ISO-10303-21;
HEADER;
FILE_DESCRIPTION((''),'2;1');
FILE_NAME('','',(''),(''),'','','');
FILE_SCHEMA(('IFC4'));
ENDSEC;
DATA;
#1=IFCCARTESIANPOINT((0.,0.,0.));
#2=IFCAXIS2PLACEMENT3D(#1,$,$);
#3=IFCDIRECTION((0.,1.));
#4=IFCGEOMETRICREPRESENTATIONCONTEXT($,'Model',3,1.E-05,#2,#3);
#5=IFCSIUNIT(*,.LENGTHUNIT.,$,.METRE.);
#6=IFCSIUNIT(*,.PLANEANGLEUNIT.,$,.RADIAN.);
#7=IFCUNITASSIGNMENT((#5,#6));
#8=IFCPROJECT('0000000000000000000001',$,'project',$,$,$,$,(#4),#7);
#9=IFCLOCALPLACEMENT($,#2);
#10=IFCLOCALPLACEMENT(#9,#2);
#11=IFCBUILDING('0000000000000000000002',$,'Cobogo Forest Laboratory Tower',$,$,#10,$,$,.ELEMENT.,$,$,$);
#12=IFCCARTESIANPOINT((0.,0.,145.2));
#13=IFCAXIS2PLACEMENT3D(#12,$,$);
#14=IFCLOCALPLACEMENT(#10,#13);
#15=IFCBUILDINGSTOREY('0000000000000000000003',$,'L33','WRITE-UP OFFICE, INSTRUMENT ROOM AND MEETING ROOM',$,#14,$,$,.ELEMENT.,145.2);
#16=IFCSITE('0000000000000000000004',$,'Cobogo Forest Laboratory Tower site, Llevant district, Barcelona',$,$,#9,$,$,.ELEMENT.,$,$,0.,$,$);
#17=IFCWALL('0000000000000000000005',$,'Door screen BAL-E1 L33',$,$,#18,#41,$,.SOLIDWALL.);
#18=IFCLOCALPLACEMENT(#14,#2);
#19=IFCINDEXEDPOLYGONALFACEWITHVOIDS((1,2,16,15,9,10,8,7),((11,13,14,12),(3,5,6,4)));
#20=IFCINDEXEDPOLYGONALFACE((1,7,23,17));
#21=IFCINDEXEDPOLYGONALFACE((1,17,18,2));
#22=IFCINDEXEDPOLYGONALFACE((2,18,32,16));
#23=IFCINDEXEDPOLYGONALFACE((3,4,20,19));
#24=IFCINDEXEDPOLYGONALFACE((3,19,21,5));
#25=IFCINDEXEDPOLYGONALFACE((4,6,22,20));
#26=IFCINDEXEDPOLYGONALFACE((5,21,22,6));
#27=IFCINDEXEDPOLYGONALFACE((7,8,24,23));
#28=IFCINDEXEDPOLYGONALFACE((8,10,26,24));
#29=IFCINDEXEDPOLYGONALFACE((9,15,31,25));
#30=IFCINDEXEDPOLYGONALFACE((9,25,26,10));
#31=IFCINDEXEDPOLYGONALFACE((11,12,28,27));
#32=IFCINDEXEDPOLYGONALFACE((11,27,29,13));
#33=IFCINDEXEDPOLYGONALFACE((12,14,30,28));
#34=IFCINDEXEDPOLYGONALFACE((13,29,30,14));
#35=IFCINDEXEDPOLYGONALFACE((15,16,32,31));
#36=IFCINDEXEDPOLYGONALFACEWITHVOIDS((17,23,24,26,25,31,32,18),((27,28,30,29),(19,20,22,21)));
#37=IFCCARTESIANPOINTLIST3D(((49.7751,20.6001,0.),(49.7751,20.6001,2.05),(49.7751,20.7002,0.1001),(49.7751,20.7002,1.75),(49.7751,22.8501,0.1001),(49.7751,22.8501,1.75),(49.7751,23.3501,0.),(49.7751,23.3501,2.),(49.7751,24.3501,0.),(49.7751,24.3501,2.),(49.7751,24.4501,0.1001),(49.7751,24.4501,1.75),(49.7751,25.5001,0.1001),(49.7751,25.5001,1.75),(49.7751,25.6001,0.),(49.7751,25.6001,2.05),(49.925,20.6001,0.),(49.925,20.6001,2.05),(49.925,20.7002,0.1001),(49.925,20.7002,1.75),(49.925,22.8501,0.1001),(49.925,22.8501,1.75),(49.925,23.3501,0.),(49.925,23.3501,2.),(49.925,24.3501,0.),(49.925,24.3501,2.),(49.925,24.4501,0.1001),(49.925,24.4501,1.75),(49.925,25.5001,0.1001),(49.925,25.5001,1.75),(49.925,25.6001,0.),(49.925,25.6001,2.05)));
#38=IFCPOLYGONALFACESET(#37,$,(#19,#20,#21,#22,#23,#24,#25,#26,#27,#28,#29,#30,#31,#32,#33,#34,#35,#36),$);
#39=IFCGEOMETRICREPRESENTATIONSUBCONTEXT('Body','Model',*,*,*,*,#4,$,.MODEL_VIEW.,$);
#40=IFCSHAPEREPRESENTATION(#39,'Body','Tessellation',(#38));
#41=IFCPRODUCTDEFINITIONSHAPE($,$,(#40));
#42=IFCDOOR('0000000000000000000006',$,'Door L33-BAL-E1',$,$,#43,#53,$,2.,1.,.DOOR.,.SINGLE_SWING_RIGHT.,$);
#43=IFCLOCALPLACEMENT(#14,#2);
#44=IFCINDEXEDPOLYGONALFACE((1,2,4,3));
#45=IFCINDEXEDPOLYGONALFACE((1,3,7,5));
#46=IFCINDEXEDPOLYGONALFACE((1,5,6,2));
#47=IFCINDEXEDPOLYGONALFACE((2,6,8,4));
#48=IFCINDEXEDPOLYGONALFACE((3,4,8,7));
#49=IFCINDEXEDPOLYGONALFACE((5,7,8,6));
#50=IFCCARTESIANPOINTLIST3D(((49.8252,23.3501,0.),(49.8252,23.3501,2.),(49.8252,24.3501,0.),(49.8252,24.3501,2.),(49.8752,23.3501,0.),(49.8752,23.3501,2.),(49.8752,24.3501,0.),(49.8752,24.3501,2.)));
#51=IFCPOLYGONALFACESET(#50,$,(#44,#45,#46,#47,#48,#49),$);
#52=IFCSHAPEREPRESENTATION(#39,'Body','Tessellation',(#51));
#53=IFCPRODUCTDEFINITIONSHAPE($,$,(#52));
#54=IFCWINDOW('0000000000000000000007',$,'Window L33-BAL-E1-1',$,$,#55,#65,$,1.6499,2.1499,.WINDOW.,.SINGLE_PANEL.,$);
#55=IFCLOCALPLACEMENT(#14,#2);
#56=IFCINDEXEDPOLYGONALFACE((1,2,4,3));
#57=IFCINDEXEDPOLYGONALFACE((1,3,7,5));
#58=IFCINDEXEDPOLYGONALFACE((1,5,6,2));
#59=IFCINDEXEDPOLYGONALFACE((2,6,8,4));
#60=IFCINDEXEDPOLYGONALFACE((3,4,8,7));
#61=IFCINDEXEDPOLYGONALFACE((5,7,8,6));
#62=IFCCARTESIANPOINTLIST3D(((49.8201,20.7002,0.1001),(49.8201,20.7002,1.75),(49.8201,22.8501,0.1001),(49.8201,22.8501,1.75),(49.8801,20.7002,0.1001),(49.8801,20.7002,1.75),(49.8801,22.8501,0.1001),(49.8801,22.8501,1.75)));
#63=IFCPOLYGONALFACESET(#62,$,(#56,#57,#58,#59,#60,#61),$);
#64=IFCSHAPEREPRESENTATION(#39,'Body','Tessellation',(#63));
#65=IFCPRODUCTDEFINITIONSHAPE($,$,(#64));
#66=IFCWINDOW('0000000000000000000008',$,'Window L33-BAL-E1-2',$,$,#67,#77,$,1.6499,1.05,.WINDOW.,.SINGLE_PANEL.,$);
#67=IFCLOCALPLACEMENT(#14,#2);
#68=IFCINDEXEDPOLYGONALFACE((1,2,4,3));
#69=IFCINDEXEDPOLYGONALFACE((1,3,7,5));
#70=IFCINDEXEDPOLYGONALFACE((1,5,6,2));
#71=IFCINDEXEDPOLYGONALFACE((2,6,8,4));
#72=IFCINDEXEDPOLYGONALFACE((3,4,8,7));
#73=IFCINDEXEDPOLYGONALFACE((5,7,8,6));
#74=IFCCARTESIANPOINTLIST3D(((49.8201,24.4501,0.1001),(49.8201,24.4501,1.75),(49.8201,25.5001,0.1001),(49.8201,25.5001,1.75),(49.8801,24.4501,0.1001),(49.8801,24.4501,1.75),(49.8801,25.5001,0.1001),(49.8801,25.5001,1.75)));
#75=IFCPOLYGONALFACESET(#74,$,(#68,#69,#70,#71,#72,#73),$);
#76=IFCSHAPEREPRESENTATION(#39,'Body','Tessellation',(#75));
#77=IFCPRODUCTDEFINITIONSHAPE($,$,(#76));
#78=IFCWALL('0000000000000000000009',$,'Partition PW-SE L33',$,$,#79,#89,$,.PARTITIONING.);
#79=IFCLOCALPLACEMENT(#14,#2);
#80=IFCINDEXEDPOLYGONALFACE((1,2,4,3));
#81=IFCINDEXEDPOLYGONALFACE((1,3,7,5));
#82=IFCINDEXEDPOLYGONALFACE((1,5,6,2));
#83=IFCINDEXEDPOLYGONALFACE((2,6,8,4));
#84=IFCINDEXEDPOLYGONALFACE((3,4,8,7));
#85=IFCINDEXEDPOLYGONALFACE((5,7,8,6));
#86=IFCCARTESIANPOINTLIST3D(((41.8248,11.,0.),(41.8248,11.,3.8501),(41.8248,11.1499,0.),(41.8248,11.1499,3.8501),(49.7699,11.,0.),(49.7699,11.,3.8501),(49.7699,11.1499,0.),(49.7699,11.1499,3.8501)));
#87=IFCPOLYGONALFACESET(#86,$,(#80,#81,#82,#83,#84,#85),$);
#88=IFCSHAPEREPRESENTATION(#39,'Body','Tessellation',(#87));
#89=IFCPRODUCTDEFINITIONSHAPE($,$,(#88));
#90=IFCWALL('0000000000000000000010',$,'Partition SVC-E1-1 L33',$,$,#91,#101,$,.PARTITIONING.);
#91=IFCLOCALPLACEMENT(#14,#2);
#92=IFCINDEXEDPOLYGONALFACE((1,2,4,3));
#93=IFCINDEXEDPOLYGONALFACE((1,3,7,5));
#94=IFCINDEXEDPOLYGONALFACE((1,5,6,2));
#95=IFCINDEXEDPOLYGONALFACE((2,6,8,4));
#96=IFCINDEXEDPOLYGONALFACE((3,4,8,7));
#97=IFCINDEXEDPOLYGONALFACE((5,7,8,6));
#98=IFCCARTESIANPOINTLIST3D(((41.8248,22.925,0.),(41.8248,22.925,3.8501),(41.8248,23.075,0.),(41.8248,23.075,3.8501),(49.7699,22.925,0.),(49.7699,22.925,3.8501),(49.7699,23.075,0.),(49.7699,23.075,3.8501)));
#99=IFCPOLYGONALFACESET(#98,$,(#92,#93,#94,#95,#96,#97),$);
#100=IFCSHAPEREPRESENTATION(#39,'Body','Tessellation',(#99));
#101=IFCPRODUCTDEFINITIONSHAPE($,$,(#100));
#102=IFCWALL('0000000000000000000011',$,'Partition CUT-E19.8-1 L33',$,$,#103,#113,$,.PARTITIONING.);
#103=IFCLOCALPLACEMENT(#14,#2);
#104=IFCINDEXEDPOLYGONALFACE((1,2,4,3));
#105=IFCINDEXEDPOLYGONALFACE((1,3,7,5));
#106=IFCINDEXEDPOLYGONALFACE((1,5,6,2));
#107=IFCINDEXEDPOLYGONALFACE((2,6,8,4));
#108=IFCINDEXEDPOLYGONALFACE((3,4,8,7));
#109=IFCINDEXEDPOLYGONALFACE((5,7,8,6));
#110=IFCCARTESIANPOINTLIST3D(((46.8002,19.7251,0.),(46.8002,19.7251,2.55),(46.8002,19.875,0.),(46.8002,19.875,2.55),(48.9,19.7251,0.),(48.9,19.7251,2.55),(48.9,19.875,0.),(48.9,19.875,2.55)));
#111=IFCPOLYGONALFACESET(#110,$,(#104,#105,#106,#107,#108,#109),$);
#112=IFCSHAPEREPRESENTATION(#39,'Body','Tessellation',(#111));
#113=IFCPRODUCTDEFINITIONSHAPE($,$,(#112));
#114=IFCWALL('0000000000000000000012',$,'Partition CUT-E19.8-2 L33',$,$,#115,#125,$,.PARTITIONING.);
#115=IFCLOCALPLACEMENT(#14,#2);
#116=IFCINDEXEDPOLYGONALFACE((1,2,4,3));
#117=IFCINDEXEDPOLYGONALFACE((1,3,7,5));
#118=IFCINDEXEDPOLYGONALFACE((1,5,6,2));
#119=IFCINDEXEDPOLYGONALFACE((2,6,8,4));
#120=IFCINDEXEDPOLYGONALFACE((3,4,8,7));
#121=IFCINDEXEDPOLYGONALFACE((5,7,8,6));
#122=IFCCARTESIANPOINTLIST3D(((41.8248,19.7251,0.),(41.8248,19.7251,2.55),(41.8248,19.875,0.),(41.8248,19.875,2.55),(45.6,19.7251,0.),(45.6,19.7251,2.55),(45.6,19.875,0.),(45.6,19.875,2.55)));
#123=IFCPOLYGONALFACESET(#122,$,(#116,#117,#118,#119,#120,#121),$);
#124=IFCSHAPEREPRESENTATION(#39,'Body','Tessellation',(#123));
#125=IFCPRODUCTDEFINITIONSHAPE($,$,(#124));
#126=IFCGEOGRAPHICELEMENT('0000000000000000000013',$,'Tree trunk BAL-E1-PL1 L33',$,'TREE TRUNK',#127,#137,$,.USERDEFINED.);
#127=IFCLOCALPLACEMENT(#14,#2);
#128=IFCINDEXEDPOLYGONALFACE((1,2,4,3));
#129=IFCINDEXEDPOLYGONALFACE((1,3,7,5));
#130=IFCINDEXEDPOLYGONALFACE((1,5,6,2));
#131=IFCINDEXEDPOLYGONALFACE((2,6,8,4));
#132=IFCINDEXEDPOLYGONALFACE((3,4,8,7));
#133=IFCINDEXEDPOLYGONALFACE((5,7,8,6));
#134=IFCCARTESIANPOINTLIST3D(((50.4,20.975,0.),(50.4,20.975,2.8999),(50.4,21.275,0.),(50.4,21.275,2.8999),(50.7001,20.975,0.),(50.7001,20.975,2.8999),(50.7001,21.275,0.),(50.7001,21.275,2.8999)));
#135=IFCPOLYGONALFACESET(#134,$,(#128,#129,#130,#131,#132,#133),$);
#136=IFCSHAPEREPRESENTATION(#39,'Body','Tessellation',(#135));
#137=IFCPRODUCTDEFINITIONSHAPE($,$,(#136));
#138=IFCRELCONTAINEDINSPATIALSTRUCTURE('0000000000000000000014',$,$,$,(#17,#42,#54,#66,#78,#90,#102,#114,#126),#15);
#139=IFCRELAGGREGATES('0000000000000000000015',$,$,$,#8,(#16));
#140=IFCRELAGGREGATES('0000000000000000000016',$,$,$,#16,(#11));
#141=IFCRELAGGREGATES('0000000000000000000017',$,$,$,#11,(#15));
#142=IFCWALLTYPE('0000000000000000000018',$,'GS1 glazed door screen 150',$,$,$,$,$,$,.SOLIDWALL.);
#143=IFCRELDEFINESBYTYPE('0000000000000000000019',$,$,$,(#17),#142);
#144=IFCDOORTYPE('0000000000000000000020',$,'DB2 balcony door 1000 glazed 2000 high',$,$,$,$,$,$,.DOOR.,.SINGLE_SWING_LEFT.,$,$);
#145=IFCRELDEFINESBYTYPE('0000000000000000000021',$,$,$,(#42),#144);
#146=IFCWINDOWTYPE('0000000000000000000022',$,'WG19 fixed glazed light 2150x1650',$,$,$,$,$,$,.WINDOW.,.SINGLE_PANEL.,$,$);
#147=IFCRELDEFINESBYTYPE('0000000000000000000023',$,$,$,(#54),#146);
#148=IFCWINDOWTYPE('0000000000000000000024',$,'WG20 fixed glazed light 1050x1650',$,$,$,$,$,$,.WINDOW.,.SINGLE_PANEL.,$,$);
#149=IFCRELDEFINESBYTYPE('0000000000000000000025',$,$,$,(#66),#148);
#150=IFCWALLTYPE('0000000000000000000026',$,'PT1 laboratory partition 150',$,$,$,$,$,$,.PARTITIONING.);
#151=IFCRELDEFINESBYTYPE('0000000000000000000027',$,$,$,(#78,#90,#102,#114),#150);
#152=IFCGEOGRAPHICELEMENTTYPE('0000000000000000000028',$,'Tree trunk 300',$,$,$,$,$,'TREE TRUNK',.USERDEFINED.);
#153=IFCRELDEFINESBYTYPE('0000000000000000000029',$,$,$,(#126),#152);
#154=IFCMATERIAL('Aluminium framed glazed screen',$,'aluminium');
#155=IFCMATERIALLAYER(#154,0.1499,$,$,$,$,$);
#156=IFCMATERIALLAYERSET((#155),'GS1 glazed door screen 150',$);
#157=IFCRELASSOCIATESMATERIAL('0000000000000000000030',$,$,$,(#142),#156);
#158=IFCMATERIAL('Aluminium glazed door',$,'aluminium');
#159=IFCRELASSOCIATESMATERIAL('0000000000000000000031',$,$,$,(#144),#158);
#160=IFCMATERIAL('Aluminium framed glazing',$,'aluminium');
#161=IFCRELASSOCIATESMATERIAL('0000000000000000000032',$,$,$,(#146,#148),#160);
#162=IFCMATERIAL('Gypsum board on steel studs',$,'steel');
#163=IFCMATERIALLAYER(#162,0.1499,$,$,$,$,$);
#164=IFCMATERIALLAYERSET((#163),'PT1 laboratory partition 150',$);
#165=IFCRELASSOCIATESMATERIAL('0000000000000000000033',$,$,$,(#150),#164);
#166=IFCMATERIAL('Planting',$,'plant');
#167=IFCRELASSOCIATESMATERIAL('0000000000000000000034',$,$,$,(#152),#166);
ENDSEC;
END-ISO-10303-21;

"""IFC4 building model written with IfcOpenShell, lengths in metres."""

from ifc_helpers import new_model, si_unit, direction, frame, frame_2d, origin, origin_2d, place, context, subcontext, project, spatial, rectangle, extrude, material, layer, layer_set, type_object, element, fill, save


model = new_model("IFC4")

# Units and contexts
model_context = context("Model", 3, precision=1e-05, world=origin(), true_north=direction((0.0, 1.0)))
body_context = subcontext(model_context, "Body", "Model", "MODEL_VIEW")
ifc_project = project(units=[si_unit("LENGTHUNIT", "METRE"), si_unit("PLANEANGLEUNIT", "RADIAN")], contexts=[model_context])

# Site, building, storey
site_placement = place(None, origin())
site = spatial("IfcSite", under=ifc_project, at=site_placement, Name="Cobogo Forest Laboratory Tower site, Llevant district, Barcelona", CompositionType="ELEMENT", RefElevation=0.0)
building_placement = place(site_placement, origin())
building = spatial("IfcBuilding", under=site, at=building_placement, Name="Cobogo Forest Laboratory Tower", CompositionType="ELEMENT")
storey_placement = place(building_placement, frame((0.0, 0.0, 145.2)))
storey = spatial("IfcBuildingStorey", under=building, at=storey_placement, Name="L33", Description="WRITE-UP OFFICE, INSTRUMENT ROOM AND MEETING ROOM", CompositionType="ELEMENT", Elevation=145.2)

# Wall, openings, door, windows
ifc_material_1 = material(Name="Aluminium framed glazed screen", Category="aluminium")
ifc_layer_1 = layer(ifc_material_1, 0.1499)
ifc_layer_set_1 = layer_set([ifc_layer_1], Name="GS1 glazed door screen 150")
wall_type_1 = type_object("IfcWallType", Name="GS1 glazed door screen 150", PredefinedType="SOLIDWALL", material=ifc_layer_set_1)
wall_1_placement = place(storey_placement, frame((49.8501, 20.6001, 0.0), z_axis=(0.0, 0.0, 1.0), x_axis=(0.0, 1.0, 0.0)))
wall_1 = element("IfcWall", 1, at=wall_1_placement, inside=storey, type_object=wall_type_1, Name="Door screen BAL-E1 L33", PredefinedType="SOLIDWALL", context=body_context, shape_type="SweptSolid", body=[
    extrude(rectangle(XDim=5.0, YDim=0.1499, at=frame_2d((2.5, 0.0))), origin(), (0.0, 0.0, 1.0), 2.05),
])
opening_1_placement = place(wall_1_placement, frame((2.75, 0.0, 0.0)))
opening_1 = element("IfcOpeningElement", 2, at=opening_1_placement, cuts=wall_1, PredefinedType="OPENING", context=body_context, shape_type="SweptSolid", body=[
    extrude(rectangle(XDim=1.0, YDim=2.0, at=frame_2d((0.5, 1.0))), frame((0.0, 0.085, 0.0), z_axis=(0.0, -1.0, 0.0), x_axis=(1.0, 0.0, 0.0)), (0.0, 0.0, 1.0), 0.1699),
])
opening_2_placement = place(wall_1_placement, frame((0.1001, 0.0, 0.1001)))
opening_2 = element("IfcOpeningElement", 3, at=opening_2_placement, cuts=wall_1, PredefinedType="OPENING", context=body_context, shape_type="SweptSolid", body=[
    extrude(rectangle(XDim=2.1499, YDim=1.6499, at=frame_2d((1.075, 0.825))), frame((0.0, 0.085, 0.0), z_axis=(0.0, -1.0, 0.0), x_axis=(1.0, 0.0, 0.0)), (0.0, 0.0, 1.0), 0.1699),
])
opening_3_placement = place(wall_1_placement, frame((3.8501, 0.0, 0.1001)))
opening_3 = element("IfcOpeningElement", 4, at=opening_3_placement, cuts=wall_1, PredefinedType="OPENING", context=body_context, shape_type="SweptSolid", body=[
    extrude(rectangle(XDim=1.05, YDim=1.6499, at=frame_2d((0.5249, 0.825))), frame((0.0, 0.085, 0.0), z_axis=(0.0, -1.0, 0.0), x_axis=(1.0, 0.0, 0.0)), (0.0, 0.0, 1.0), 0.1699),
])
ifc_material_2 = material(Name="Aluminium glazed door", Category="aluminium")
door_type = type_object("IfcDoorType", Name="DB2 balcony door 1000 glazed 2000 high", OperationType="SINGLE_SWING_LEFT", PredefinedType="DOOR", material=ifc_material_2)
door_placement = place(opening_1_placement, origin())
door = element("IfcDoor", 5, at=door_placement, inside=storey, type_object=door_type, Name="Door L33-BAL-E1", OperationType="SINGLE_SWING_RIGHT", OverallHeight=2.0, OverallWidth=1.0, PredefinedType="DOOR", context=body_context, shape_type="SweptSolid", body=[
    extrude(rectangle(XDim=1.0, YDim=2.0, at=frame_2d((0.5, 1.0))), frame((0.0, 0.0249, 0.0), z_axis=(0.0, -1.0, 0.0), x_axis=(1.0, 0.0, 0.0)), (0.0, 0.0, 1.0), 0.05),
])
fill(opening_1, door)
ifc_material_3 = material(Name="Aluminium framed glazing", Category="aluminium")
window_type_1 = type_object("IfcWindowType", Name="WG19 fixed glazed light 2150x1650", PartitioningType="SINGLE_PANEL", PredefinedType="WINDOW", material=ifc_material_3)
window_1_placement = place(opening_2_placement, origin())
window_1 = element("IfcWindow", 6, at=window_1_placement, inside=storey, type_object=window_type_1, Name="Window L33-BAL-E1-1", OverallHeight=1.6499, OverallWidth=2.1499, PartitioningType="SINGLE_PANEL", PredefinedType="WINDOW", context=body_context, shape_type="SweptSolid", body=[
    extrude(rectangle(XDim=2.1499, YDim=1.6499, at=frame_2d((1.075, 0.825))), frame((0.0, 0.03, 0.0), z_axis=(0.0, -1.0, 0.0), x_axis=(1.0, 0.0, 0.0)), (0.0, 0.0, 1.0), 0.0601),
])
fill(opening_2, window_1)
window_type_2 = type_object("IfcWindowType", Name="WG20 fixed glazed light 1050x1650", PartitioningType="SINGLE_PANEL", PredefinedType="WINDOW", material=ifc_material_3)
window_2_placement = place(opening_3_placement, origin())
window_2 = element("IfcWindow", 7, at=window_2_placement, inside=storey, type_object=window_type_2, Name="Window L33-BAL-E1-2", OverallHeight=1.6499, OverallWidth=1.05, PartitioningType="SINGLE_PANEL", PredefinedType="WINDOW", context=body_context, shape_type="SweptSolid", body=[
    extrude(rectangle(XDim=1.05, YDim=1.6499, at=frame_2d((0.5249, 0.825))), frame((0.0, 0.03, 0.0), z_axis=(0.0, -1.0, 0.0), x_axis=(1.0, 0.0, 0.0)), (0.0, 0.0, 1.0), 0.0601),
])
fill(opening_3, window_2)

# Walls
ifc_material_4 = material(Name="Gypsum board on steel studs", Category="steel")
ifc_layer_2 = layer(ifc_material_4, 0.1499)
ifc_layer_set_2 = layer_set([ifc_layer_2], Name="PT1 laboratory partition 150")
wall_type_2 = type_object("IfcWallType", Name="PT1 laboratory partition 150", PredefinedType="PARTITIONING", material=ifc_layer_set_2)
for number, where, z_axis, x_axis, name in (
    (8, (49.77, 11.075, 0.0), (0.0, 0.0, 1.0), (-1.0, 0.0, 0.0), "Partition PW-SE L33"),
    (9, (49.77, 23.0, 0.0), (0.0, 0.0, 1.0), (-1.0, 0.0, 0.0), "Partition SVC-E1-1 L33"),
):
    element("IfcWall", number, at=place(storey_placement, frame(where, z_axis=z_axis, x_axis=x_axis)), inside=storey, type_object=wall_type_2, Name=name, PredefinedType="PARTITIONING", context=body_context, shape_type="SweptSolid", body=[
        extrude(rectangle(XDim=7.9451, YDim=0.1499, at=frame_2d((3.9727, 0.0))), origin(), (0.0, 0.0, 1.0), 3.8501),
    ])
wall_2_placement = place(storey_placement, frame((48.8999, 19.8, 0.0), z_axis=(0.0, 0.0, 1.0), x_axis=(-1.0, 0.0, 0.0)))
element("IfcWall", 10, at=wall_2_placement, inside=storey, type_object=wall_type_2, Name="Partition CUT-E19.8-1 L33", PredefinedType="PARTITIONING", context=body_context, shape_type="SweptSolid", body=[
    extrude(rectangle(XDim=2.0999, YDim=0.1499, at=frame_2d((1.0498, 0.0))), origin(), (0.0, 0.0, 1.0), 2.55),
])
wall_3_placement = place(storey_placement, frame((45.6001, 19.8, 0.0), z_axis=(0.0, 0.0, 1.0), x_axis=(-1.0, 0.0, 0.0)))
element("IfcWall", 11, at=wall_3_placement, inside=storey, type_object=wall_type_2, Name="Partition CUT-E19.8-2 L33", PredefinedType="PARTITIONING", context=body_context, shape_type="SweptSolid", body=[
    extrude(rectangle(XDim=3.7751, YDim=0.1499, at=frame_2d((1.8877, 0.0))), origin(), (0.0, 0.0, 1.0), 2.55),
])

# Geographic element
ifc_material_5 = material(Name="Planting", Category="plant")
geographic_element_type = type_object("IfcGeographicElementType", Name="Tree trunk 300", ElementType="TREE TRUNK", PredefinedType="USERDEFINED", material=ifc_material_5)
geographic_element_placement = place(storey_placement, frame((50.55, 21.125, 0.0), z_axis=(0.0, 0.0, 1.0), x_axis=(1.0, 0.0, 0.0)))
element("IfcGeographicElement", 12, at=geographic_element_placement, inside=storey, type_object=geographic_element_type, Name="Tree trunk BAL-E1-PL1 L33", ObjectType="TREE TRUNK", PredefinedType="USERDEFINED", context=body_context, shape_type="SweptSolid", body=[
    extrude(rectangle(XDim=0.3, YDim=0.3, at=origin_2d()), origin(), (0.0, 0.0, 1.0), 2.8999),
])

save(model, "model.ifc")
